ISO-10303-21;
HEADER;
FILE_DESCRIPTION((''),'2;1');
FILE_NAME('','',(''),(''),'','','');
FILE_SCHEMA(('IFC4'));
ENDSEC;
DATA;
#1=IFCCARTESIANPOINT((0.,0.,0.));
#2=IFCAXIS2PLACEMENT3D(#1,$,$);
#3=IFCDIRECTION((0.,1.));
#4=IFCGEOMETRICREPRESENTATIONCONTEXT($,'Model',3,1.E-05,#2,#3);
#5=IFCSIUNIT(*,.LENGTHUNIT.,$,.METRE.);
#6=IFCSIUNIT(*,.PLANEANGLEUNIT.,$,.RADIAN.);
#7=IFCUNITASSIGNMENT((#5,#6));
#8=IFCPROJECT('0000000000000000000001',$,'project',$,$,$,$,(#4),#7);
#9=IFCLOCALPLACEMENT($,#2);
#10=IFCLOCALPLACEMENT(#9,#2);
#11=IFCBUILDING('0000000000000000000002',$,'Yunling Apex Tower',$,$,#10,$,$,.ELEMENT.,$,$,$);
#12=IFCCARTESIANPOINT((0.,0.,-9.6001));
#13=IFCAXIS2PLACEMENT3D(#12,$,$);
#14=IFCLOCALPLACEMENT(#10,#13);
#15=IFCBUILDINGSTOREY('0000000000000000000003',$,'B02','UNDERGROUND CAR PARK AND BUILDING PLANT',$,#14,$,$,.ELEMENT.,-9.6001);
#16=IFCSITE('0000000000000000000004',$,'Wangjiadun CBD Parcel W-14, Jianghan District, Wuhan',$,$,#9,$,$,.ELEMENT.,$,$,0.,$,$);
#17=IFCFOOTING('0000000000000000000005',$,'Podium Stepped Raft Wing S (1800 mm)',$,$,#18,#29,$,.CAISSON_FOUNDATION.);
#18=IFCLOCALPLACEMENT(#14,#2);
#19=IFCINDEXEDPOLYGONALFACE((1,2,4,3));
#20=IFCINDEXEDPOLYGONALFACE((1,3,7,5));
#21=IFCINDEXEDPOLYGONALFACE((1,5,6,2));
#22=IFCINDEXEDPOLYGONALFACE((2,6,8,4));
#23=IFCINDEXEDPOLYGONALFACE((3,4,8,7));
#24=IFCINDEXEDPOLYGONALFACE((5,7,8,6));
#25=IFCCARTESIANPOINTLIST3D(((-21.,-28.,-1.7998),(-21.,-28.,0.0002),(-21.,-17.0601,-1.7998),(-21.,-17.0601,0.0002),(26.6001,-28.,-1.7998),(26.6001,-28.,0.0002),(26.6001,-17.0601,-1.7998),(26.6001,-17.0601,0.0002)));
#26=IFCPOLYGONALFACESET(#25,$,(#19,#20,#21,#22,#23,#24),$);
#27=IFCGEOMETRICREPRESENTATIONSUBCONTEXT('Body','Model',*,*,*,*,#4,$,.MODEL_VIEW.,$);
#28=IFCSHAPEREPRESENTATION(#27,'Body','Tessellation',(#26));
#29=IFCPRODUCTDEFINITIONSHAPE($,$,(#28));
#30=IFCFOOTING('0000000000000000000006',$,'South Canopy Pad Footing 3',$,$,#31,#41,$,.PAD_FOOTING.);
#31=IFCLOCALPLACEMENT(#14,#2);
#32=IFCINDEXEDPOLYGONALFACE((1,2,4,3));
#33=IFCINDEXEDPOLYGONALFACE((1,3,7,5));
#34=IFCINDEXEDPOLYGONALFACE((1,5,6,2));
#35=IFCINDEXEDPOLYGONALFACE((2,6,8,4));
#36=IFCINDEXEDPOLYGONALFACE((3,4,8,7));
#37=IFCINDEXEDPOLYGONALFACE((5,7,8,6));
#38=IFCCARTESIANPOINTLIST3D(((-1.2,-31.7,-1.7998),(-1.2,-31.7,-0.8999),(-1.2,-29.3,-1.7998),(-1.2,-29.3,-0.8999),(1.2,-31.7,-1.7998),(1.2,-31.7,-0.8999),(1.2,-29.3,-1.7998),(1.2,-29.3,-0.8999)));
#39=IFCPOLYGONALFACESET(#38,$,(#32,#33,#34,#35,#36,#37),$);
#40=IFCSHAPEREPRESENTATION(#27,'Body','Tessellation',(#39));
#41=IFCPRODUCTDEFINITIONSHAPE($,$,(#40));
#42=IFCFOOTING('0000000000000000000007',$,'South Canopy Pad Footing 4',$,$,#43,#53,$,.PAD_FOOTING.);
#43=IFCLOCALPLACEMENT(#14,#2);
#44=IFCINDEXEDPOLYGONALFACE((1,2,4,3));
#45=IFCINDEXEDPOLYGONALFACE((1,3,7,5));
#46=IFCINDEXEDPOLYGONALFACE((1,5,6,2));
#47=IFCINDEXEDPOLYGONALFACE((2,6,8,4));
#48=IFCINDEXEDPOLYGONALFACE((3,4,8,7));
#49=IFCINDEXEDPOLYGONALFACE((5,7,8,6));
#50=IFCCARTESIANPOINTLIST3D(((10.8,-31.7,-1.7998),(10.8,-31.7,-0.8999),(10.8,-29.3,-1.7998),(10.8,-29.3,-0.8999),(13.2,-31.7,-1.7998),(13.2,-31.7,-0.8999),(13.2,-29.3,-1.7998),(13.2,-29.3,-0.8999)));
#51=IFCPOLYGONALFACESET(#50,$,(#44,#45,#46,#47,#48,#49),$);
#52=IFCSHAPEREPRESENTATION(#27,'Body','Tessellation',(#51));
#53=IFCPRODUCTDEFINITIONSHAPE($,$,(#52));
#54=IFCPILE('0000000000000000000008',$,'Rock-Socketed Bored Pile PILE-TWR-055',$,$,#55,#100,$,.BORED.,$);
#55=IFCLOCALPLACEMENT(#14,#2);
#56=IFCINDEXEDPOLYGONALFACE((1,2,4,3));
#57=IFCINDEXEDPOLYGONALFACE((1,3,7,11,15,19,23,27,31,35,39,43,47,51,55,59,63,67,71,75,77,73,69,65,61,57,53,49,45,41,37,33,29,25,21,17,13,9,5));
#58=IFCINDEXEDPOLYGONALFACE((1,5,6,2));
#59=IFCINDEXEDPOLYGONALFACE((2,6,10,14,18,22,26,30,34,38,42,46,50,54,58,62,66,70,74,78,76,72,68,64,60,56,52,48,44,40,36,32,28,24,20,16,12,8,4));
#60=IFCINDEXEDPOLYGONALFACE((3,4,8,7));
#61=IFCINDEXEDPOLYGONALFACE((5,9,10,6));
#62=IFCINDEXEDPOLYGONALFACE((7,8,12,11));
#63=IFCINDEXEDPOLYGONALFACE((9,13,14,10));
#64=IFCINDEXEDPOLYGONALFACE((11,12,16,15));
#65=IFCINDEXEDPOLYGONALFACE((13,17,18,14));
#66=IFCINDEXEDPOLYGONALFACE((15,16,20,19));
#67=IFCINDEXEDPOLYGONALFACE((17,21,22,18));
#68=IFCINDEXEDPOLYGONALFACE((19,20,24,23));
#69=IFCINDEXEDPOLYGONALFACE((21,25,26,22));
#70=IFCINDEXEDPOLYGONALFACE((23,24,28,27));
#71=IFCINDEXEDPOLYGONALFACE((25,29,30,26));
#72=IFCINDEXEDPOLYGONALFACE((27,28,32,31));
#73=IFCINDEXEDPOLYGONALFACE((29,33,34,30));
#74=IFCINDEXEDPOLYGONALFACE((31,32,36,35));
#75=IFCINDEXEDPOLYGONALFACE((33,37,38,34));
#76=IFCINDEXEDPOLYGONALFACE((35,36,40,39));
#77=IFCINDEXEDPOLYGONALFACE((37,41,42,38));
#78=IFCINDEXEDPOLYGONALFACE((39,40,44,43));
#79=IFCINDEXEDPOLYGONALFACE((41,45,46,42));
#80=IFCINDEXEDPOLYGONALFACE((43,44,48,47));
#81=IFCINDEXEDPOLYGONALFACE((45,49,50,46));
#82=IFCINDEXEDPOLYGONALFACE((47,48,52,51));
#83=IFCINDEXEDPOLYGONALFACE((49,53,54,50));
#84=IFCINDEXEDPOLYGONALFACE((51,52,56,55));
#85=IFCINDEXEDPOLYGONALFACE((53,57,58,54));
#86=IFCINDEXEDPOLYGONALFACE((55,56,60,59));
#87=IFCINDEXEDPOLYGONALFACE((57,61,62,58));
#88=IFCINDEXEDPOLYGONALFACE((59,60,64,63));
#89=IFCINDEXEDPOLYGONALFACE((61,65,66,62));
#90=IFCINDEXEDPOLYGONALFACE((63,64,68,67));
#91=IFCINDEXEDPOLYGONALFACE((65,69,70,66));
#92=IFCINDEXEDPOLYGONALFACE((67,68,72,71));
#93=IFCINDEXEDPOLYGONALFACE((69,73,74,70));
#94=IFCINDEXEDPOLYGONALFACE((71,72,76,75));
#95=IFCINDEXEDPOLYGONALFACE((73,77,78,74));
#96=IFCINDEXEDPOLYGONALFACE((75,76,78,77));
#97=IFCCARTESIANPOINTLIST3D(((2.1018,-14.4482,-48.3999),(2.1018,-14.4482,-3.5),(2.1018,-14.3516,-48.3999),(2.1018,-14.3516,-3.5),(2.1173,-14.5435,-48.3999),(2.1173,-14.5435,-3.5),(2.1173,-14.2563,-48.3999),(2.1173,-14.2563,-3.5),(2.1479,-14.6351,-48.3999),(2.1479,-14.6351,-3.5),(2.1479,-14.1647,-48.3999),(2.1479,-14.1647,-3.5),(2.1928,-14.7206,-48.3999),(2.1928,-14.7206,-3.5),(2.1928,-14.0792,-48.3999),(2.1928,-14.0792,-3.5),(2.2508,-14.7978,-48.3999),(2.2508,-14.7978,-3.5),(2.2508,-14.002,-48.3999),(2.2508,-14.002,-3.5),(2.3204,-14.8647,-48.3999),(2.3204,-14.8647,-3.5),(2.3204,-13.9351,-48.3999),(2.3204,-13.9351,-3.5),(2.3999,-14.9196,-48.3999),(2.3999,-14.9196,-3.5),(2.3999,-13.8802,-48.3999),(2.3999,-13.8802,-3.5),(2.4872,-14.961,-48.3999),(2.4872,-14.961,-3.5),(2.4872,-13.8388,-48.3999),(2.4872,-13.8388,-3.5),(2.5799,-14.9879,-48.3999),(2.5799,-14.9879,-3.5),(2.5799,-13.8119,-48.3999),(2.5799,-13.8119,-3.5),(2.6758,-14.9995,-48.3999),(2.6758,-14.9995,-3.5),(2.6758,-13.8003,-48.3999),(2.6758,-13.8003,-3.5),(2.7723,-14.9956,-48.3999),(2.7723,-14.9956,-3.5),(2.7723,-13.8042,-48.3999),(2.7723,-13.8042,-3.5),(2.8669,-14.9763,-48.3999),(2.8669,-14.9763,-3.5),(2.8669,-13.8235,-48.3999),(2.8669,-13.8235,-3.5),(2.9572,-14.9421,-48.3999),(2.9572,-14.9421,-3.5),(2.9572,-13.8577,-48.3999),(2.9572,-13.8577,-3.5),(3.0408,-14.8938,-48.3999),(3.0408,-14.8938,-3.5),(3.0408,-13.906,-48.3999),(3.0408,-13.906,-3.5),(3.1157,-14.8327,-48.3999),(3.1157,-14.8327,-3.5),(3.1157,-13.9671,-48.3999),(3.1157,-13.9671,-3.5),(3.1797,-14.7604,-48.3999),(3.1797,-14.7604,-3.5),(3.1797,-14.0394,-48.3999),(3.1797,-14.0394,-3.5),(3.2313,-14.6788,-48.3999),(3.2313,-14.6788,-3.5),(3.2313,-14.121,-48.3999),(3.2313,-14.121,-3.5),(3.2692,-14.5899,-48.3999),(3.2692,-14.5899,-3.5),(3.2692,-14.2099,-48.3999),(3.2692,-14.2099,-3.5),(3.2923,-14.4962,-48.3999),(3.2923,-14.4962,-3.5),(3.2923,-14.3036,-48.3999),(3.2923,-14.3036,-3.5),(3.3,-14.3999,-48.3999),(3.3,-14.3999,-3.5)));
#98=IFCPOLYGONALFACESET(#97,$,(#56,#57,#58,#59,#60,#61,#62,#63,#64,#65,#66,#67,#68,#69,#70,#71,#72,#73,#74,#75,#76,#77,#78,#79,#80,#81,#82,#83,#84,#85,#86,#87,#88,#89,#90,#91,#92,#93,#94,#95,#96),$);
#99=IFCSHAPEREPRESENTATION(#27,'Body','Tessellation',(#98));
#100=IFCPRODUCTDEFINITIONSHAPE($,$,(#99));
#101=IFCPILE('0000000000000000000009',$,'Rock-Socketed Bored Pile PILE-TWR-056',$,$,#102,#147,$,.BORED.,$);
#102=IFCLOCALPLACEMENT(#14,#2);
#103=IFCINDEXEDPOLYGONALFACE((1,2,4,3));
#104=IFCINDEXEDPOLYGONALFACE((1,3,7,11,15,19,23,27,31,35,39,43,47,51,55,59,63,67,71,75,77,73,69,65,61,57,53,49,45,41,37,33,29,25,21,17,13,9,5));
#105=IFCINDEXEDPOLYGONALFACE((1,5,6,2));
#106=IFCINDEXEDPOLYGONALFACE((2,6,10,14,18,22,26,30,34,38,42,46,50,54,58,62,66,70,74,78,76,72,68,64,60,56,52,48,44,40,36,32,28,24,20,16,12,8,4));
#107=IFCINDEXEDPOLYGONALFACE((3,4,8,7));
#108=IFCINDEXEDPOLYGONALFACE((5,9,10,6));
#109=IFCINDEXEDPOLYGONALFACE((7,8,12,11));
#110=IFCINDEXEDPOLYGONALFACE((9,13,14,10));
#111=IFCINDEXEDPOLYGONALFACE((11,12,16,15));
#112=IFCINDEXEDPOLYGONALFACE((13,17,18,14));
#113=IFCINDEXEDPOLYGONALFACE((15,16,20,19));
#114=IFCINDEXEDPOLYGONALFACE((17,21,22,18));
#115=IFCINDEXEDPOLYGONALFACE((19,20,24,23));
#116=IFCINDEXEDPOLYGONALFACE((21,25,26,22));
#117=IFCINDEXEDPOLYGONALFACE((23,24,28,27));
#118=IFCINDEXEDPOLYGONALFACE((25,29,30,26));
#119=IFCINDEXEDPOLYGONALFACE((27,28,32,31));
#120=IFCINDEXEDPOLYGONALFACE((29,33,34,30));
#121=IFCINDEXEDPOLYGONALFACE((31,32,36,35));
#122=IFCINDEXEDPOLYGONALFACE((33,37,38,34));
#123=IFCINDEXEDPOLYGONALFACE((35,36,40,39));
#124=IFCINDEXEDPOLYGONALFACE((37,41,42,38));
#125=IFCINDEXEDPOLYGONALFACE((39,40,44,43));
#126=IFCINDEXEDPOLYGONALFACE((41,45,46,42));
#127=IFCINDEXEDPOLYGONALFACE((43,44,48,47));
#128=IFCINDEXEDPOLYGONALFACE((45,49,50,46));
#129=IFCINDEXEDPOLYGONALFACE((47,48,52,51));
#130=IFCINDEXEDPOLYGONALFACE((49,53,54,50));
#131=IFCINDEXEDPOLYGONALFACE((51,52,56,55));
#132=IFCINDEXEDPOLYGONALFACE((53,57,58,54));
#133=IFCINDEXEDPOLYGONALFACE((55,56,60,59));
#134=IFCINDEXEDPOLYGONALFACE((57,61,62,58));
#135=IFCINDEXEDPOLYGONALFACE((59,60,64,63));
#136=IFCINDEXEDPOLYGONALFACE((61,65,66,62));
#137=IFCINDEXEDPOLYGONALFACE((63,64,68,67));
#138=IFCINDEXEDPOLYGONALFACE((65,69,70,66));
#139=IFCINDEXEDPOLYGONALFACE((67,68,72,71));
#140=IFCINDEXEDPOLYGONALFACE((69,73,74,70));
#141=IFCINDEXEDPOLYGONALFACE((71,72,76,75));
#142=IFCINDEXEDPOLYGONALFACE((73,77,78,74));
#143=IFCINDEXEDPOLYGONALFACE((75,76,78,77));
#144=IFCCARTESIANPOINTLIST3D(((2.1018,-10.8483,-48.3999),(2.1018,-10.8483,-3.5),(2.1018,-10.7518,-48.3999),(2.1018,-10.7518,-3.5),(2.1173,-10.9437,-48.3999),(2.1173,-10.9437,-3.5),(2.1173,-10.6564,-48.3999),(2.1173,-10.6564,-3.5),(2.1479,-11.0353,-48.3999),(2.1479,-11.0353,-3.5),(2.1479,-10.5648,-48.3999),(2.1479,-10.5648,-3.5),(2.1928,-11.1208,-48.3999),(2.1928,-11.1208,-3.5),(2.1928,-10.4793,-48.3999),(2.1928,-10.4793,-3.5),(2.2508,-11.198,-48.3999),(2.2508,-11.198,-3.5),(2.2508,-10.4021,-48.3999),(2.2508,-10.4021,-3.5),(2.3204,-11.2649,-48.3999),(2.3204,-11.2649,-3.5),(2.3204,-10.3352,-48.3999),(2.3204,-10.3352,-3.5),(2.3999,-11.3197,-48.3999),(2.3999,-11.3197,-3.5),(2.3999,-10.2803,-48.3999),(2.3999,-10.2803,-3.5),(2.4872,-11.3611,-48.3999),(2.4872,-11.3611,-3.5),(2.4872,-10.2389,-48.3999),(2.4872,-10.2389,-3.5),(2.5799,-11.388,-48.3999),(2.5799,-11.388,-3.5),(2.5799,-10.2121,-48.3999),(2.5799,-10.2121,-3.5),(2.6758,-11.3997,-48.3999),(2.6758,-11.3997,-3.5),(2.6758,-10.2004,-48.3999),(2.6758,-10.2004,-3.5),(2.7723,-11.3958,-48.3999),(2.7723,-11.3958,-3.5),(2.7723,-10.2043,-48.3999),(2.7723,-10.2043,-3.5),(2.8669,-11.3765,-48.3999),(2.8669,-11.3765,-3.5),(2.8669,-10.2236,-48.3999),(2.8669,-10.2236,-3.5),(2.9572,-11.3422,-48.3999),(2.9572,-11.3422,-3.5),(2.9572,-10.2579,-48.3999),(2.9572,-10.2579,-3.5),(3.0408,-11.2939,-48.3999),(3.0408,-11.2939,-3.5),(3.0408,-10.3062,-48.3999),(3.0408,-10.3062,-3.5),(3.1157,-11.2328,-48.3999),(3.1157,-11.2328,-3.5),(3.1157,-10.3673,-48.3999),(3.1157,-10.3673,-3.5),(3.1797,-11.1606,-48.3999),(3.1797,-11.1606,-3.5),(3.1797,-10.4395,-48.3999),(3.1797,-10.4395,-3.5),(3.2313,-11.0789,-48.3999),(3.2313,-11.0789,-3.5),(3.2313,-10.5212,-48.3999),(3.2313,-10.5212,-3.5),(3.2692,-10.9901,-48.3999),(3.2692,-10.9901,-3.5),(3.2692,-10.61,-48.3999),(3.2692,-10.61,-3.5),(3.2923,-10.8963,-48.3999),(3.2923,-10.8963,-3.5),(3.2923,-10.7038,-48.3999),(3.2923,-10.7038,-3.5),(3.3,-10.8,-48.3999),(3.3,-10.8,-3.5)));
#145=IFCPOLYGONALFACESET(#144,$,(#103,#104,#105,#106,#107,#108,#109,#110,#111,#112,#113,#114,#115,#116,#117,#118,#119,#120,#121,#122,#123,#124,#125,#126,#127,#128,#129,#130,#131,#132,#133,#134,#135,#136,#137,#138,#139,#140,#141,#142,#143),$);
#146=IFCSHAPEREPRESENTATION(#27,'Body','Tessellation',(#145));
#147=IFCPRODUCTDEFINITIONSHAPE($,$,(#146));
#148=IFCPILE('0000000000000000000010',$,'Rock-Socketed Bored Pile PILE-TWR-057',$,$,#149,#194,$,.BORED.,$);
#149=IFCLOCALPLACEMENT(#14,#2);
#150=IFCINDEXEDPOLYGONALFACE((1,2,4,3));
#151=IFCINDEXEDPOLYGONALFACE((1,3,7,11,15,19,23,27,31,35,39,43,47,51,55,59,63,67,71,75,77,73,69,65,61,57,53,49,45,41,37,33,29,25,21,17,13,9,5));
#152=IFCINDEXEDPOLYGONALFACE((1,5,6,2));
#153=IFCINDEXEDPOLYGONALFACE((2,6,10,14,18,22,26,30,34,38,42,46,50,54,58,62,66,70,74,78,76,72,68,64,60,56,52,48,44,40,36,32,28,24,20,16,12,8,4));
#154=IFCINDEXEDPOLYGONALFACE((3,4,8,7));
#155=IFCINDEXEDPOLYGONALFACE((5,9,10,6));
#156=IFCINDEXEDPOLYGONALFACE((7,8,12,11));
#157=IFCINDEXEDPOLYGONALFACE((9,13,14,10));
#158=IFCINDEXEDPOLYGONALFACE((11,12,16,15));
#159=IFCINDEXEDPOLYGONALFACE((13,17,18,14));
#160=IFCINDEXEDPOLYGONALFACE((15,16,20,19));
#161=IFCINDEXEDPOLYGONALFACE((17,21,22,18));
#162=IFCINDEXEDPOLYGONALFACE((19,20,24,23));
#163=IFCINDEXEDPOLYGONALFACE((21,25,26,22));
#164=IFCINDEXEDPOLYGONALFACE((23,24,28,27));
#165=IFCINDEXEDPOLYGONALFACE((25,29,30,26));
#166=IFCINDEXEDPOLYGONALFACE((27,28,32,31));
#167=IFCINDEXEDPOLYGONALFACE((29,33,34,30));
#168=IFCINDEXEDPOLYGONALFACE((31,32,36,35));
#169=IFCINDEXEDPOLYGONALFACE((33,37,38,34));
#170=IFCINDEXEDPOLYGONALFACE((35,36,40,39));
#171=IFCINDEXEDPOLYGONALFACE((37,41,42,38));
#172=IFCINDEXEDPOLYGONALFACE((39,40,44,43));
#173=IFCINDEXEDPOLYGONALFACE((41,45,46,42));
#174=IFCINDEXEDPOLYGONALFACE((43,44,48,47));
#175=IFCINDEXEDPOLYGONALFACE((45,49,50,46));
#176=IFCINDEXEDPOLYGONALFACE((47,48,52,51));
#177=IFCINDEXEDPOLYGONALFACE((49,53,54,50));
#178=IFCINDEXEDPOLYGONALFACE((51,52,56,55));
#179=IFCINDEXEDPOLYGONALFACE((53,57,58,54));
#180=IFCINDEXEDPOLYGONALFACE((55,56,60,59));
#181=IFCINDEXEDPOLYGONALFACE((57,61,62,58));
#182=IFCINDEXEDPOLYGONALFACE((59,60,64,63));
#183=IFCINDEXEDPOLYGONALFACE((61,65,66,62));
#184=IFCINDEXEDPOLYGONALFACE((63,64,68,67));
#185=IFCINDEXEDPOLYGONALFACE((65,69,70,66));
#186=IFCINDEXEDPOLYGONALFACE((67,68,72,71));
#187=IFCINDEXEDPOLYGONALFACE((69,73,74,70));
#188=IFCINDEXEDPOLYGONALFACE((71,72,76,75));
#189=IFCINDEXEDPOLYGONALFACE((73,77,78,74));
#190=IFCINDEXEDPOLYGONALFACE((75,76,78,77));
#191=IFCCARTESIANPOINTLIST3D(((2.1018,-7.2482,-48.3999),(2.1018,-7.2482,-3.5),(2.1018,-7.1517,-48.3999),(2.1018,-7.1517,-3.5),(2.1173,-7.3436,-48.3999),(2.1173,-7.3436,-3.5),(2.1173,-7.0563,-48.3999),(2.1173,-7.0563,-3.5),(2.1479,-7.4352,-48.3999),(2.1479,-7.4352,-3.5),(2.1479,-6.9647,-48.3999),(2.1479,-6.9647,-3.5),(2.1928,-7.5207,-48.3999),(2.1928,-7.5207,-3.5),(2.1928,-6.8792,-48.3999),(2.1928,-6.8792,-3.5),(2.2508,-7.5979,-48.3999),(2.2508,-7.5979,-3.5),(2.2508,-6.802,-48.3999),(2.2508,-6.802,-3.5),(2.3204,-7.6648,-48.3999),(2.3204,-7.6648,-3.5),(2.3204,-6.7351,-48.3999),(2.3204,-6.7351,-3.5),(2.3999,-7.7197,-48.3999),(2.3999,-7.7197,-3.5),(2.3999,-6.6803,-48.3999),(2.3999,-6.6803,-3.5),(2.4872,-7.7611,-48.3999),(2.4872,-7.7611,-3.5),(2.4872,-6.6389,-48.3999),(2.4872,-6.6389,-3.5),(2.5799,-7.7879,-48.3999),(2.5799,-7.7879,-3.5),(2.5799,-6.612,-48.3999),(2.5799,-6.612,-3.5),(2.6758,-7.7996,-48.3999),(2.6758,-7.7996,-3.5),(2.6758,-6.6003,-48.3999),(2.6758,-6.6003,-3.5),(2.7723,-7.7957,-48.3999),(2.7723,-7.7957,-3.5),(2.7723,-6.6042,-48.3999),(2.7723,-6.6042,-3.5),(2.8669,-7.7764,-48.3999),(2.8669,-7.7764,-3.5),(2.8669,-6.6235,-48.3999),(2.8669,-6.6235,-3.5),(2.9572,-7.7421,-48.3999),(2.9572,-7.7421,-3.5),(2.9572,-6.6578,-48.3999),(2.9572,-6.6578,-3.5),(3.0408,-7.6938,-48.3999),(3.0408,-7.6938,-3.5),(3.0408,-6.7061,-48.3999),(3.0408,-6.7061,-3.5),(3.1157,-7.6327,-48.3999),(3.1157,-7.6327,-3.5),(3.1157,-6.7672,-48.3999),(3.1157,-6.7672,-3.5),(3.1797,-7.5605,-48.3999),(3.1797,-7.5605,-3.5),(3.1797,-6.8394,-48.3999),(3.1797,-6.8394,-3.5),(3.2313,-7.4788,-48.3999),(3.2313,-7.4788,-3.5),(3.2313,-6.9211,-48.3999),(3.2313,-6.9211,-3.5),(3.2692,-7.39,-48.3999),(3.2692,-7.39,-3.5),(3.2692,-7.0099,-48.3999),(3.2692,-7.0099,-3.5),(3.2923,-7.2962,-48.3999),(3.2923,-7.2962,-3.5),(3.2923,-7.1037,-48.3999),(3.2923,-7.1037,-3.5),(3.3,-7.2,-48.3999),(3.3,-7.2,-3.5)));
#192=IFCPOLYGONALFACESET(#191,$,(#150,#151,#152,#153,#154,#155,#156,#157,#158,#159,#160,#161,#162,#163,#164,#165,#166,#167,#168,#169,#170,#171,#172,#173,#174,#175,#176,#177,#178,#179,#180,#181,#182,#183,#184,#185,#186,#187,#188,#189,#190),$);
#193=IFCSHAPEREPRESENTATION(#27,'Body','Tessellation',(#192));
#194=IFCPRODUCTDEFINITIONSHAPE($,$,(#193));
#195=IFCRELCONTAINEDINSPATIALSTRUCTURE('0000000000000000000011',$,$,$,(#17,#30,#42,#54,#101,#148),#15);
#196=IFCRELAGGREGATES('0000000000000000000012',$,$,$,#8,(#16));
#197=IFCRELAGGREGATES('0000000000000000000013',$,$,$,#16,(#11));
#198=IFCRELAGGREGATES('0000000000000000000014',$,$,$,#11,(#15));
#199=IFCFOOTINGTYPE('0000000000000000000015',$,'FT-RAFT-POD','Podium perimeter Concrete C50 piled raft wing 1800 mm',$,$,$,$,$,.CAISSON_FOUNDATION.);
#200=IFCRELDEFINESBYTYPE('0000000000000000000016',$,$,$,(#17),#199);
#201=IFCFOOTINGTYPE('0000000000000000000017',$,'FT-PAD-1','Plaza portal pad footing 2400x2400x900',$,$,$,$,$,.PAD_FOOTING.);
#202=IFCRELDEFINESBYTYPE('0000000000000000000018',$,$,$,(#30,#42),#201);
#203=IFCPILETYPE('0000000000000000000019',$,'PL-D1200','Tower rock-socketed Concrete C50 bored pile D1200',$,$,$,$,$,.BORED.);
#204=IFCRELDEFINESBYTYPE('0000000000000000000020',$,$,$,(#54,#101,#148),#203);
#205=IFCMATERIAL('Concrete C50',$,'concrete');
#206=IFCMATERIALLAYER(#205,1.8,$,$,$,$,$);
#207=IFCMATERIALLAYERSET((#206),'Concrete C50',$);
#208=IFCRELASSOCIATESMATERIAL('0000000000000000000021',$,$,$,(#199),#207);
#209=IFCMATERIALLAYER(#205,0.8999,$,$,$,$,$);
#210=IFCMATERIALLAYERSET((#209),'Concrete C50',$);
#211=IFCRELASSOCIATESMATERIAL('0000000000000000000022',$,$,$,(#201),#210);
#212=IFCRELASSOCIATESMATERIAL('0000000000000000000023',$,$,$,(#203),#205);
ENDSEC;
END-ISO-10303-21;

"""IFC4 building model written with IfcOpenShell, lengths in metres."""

from ifc_helpers import new_model, si_unit, direction, frame, origin, origin_2d, place, context, subcontext, project, spatial, rectangle, circle, extrude, source, transform, mapped, material, layer, layer_set, material_profile, profile_set, type_object, element, save


model = new_model("IFC4")

# Units and contexts
model_context = context("Model", 3, precision=1e-05, world=origin(), true_north=direction((0.0, 1.0)))
body_context = subcontext(model_context, "Body", "Model", "MODEL_VIEW")
ifc_project = project(units=[si_unit("LENGTHUNIT", "METRE"), si_unit("PLANEANGLEUNIT", "RADIAN")], contexts=[model_context])

# Site, building, storey
site_placement = place(None, origin())
site = spatial("IfcSite", under=ifc_project, at=site_placement, Name="Wangjiadun CBD Parcel W-14, Jianghan District, Wuhan", CompositionType="ELEMENT", RefElevation=0.0)
building_placement = place(site_placement, origin())
building = spatial("IfcBuilding", under=site, at=building_placement, Name="Yunling Apex Tower", CompositionType="ELEMENT")
storey_placement = place(building_placement, frame((0.0, 0.0, -9.6001)))
storey = spatial("IfcBuildingStorey", under=building, at=storey_placement, Name="B02", Description="UNDERGROUND CAR PARK AND BUILDING PLANT", CompositionType="ELEMENT", Elevation=-9.6001)

# Footings
ifc_material_1 = material(Name="Concrete C50", Category="concrete")
ifc_layer_1 = layer(ifc_material_1, 1.8)
ifc_layer_set_1 = layer_set([ifc_layer_1], Name="Concrete C50")
footing_type_1 = type_object("IfcFootingType", Name="FT-RAFT-POD", Description="Podium perimeter Concrete C50 piled raft wing 1800 mm", PredefinedType="CAISSON_FOUNDATION", material=ifc_layer_set_1)
shared_shape_1 = source(origin(), body_context, "Body", "SweptSolid", [
    extrude(rectangle(XDim=47.6001, YDim=10.9399, at=origin_2d()), origin(), (0.0, 0.0, 1.0), 1.8),
])
footing_placement = place(storey_placement, frame((2.8, -22.53, -1.7998), z_axis=(0.0, 0.0, 1.0), x_axis=(1.0, 0.0, 0.0)))
element("IfcFooting", 1, at=footing_placement, inside=storey, type_object=footing_type_1, Name="Podium Stepped Raft Wing S (1800 mm)", PredefinedType="CAISSON_FOUNDATION", context=body_context, shape_type="MappedRepresentation", body=[
    mapped(shared_shape_1, transform((0.0, 0.0, 0.0), scale=1.0)),
])
ifc_layer_2 = layer(ifc_material_1, 0.8999)
ifc_layer_set_2 = layer_set([ifc_layer_2], Name="Concrete C50")
footing_type_2 = type_object("IfcFootingType", Name="FT-PAD-1", Description="Plaza portal pad footing 2400x2400x900", PredefinedType="PAD_FOOTING", material=ifc_layer_set_2)
shared_shape_2 = source(origin(), body_context, "Body", "SweptSolid", [
    extrude(rectangle(XDim=2.3999, YDim=2.3999, at=origin_2d()), origin(), (0.0, 0.0, 1.0), 0.8999),
])
for number, where, z_axis, x_axis, name in (
    (2, (0.0, -30.5, -1.7998), (0.0, 0.0, 1.0), (1.0, 0.0, 0.0), "South Canopy Pad Footing 3"),
    (3, (12.0, -30.5, -1.7998), (0.0, 0.0, 1.0), (1.0, 0.0, 0.0), "South Canopy Pad Footing 4"),
):
    element("IfcFooting", number, at=place(storey_placement, frame(where, z_axis=z_axis, x_axis=x_axis)), inside=storey, type_object=footing_type_2, Name=name, PredefinedType="PAD_FOOTING", context=body_context, shape_type="MappedRepresentation", body=[
        mapped(shared_shape_2, transform((0.0, 0.0, 0.0), scale=1.0)),
    ])

# Piles
ifc_material_profile_1 = material_profile(ifc_material_1, circle(Radius=0.6001, at=origin_2d()))
ifc_profile_set_1 = profile_set([ifc_material_profile_1], Name="Concrete C50")
pile_type_1 = type_object("IfcPileType", Name="PL-D1200", Description="Tower rock-socketed Concrete C50 bored pile D1200", PredefinedType="BORED", material=ifc_profile_set_1)
shared_shape_3 = source(origin(), body_context, "Body", "SweptSolid", [
    extrude(circle(Radius=0.6001, at=origin_2d()), origin(), (0.0, 0.0, 1.0), 44.8999),
])
for number, where, z_axis, x_axis, name in (
    (4, (2.7, -14.3999, -3.5), (0.0, 0.0, -1.0), (1.0, 0.0, 0.0), "Rock-Socketed Bored Pile PILE-TWR-055"),
    (5, (2.7, -10.8, -3.5), (0.0, 0.0, -1.0), (1.0, 0.0, 0.0), "Rock-Socketed Bored Pile PILE-TWR-056"),
    (6, (2.7, -7.2, -3.5), (0.0, 0.0, -1.0), (1.0, 0.0, 0.0), "Rock-Socketed Bored Pile PILE-TWR-057"),
):
    element("IfcPile", number, at=place(storey_placement, frame(where, z_axis=z_axis, x_axis=x_axis)), inside=storey, type_object=pile_type_1, Name=name, PredefinedType="BORED", context=body_context, shape_type="MappedRepresentation", body=[
        mapped(shared_shape_3, transform((0.0, 0.0, 0.0), scale=1.0)),
    ])

save(model, "model.ifc")
